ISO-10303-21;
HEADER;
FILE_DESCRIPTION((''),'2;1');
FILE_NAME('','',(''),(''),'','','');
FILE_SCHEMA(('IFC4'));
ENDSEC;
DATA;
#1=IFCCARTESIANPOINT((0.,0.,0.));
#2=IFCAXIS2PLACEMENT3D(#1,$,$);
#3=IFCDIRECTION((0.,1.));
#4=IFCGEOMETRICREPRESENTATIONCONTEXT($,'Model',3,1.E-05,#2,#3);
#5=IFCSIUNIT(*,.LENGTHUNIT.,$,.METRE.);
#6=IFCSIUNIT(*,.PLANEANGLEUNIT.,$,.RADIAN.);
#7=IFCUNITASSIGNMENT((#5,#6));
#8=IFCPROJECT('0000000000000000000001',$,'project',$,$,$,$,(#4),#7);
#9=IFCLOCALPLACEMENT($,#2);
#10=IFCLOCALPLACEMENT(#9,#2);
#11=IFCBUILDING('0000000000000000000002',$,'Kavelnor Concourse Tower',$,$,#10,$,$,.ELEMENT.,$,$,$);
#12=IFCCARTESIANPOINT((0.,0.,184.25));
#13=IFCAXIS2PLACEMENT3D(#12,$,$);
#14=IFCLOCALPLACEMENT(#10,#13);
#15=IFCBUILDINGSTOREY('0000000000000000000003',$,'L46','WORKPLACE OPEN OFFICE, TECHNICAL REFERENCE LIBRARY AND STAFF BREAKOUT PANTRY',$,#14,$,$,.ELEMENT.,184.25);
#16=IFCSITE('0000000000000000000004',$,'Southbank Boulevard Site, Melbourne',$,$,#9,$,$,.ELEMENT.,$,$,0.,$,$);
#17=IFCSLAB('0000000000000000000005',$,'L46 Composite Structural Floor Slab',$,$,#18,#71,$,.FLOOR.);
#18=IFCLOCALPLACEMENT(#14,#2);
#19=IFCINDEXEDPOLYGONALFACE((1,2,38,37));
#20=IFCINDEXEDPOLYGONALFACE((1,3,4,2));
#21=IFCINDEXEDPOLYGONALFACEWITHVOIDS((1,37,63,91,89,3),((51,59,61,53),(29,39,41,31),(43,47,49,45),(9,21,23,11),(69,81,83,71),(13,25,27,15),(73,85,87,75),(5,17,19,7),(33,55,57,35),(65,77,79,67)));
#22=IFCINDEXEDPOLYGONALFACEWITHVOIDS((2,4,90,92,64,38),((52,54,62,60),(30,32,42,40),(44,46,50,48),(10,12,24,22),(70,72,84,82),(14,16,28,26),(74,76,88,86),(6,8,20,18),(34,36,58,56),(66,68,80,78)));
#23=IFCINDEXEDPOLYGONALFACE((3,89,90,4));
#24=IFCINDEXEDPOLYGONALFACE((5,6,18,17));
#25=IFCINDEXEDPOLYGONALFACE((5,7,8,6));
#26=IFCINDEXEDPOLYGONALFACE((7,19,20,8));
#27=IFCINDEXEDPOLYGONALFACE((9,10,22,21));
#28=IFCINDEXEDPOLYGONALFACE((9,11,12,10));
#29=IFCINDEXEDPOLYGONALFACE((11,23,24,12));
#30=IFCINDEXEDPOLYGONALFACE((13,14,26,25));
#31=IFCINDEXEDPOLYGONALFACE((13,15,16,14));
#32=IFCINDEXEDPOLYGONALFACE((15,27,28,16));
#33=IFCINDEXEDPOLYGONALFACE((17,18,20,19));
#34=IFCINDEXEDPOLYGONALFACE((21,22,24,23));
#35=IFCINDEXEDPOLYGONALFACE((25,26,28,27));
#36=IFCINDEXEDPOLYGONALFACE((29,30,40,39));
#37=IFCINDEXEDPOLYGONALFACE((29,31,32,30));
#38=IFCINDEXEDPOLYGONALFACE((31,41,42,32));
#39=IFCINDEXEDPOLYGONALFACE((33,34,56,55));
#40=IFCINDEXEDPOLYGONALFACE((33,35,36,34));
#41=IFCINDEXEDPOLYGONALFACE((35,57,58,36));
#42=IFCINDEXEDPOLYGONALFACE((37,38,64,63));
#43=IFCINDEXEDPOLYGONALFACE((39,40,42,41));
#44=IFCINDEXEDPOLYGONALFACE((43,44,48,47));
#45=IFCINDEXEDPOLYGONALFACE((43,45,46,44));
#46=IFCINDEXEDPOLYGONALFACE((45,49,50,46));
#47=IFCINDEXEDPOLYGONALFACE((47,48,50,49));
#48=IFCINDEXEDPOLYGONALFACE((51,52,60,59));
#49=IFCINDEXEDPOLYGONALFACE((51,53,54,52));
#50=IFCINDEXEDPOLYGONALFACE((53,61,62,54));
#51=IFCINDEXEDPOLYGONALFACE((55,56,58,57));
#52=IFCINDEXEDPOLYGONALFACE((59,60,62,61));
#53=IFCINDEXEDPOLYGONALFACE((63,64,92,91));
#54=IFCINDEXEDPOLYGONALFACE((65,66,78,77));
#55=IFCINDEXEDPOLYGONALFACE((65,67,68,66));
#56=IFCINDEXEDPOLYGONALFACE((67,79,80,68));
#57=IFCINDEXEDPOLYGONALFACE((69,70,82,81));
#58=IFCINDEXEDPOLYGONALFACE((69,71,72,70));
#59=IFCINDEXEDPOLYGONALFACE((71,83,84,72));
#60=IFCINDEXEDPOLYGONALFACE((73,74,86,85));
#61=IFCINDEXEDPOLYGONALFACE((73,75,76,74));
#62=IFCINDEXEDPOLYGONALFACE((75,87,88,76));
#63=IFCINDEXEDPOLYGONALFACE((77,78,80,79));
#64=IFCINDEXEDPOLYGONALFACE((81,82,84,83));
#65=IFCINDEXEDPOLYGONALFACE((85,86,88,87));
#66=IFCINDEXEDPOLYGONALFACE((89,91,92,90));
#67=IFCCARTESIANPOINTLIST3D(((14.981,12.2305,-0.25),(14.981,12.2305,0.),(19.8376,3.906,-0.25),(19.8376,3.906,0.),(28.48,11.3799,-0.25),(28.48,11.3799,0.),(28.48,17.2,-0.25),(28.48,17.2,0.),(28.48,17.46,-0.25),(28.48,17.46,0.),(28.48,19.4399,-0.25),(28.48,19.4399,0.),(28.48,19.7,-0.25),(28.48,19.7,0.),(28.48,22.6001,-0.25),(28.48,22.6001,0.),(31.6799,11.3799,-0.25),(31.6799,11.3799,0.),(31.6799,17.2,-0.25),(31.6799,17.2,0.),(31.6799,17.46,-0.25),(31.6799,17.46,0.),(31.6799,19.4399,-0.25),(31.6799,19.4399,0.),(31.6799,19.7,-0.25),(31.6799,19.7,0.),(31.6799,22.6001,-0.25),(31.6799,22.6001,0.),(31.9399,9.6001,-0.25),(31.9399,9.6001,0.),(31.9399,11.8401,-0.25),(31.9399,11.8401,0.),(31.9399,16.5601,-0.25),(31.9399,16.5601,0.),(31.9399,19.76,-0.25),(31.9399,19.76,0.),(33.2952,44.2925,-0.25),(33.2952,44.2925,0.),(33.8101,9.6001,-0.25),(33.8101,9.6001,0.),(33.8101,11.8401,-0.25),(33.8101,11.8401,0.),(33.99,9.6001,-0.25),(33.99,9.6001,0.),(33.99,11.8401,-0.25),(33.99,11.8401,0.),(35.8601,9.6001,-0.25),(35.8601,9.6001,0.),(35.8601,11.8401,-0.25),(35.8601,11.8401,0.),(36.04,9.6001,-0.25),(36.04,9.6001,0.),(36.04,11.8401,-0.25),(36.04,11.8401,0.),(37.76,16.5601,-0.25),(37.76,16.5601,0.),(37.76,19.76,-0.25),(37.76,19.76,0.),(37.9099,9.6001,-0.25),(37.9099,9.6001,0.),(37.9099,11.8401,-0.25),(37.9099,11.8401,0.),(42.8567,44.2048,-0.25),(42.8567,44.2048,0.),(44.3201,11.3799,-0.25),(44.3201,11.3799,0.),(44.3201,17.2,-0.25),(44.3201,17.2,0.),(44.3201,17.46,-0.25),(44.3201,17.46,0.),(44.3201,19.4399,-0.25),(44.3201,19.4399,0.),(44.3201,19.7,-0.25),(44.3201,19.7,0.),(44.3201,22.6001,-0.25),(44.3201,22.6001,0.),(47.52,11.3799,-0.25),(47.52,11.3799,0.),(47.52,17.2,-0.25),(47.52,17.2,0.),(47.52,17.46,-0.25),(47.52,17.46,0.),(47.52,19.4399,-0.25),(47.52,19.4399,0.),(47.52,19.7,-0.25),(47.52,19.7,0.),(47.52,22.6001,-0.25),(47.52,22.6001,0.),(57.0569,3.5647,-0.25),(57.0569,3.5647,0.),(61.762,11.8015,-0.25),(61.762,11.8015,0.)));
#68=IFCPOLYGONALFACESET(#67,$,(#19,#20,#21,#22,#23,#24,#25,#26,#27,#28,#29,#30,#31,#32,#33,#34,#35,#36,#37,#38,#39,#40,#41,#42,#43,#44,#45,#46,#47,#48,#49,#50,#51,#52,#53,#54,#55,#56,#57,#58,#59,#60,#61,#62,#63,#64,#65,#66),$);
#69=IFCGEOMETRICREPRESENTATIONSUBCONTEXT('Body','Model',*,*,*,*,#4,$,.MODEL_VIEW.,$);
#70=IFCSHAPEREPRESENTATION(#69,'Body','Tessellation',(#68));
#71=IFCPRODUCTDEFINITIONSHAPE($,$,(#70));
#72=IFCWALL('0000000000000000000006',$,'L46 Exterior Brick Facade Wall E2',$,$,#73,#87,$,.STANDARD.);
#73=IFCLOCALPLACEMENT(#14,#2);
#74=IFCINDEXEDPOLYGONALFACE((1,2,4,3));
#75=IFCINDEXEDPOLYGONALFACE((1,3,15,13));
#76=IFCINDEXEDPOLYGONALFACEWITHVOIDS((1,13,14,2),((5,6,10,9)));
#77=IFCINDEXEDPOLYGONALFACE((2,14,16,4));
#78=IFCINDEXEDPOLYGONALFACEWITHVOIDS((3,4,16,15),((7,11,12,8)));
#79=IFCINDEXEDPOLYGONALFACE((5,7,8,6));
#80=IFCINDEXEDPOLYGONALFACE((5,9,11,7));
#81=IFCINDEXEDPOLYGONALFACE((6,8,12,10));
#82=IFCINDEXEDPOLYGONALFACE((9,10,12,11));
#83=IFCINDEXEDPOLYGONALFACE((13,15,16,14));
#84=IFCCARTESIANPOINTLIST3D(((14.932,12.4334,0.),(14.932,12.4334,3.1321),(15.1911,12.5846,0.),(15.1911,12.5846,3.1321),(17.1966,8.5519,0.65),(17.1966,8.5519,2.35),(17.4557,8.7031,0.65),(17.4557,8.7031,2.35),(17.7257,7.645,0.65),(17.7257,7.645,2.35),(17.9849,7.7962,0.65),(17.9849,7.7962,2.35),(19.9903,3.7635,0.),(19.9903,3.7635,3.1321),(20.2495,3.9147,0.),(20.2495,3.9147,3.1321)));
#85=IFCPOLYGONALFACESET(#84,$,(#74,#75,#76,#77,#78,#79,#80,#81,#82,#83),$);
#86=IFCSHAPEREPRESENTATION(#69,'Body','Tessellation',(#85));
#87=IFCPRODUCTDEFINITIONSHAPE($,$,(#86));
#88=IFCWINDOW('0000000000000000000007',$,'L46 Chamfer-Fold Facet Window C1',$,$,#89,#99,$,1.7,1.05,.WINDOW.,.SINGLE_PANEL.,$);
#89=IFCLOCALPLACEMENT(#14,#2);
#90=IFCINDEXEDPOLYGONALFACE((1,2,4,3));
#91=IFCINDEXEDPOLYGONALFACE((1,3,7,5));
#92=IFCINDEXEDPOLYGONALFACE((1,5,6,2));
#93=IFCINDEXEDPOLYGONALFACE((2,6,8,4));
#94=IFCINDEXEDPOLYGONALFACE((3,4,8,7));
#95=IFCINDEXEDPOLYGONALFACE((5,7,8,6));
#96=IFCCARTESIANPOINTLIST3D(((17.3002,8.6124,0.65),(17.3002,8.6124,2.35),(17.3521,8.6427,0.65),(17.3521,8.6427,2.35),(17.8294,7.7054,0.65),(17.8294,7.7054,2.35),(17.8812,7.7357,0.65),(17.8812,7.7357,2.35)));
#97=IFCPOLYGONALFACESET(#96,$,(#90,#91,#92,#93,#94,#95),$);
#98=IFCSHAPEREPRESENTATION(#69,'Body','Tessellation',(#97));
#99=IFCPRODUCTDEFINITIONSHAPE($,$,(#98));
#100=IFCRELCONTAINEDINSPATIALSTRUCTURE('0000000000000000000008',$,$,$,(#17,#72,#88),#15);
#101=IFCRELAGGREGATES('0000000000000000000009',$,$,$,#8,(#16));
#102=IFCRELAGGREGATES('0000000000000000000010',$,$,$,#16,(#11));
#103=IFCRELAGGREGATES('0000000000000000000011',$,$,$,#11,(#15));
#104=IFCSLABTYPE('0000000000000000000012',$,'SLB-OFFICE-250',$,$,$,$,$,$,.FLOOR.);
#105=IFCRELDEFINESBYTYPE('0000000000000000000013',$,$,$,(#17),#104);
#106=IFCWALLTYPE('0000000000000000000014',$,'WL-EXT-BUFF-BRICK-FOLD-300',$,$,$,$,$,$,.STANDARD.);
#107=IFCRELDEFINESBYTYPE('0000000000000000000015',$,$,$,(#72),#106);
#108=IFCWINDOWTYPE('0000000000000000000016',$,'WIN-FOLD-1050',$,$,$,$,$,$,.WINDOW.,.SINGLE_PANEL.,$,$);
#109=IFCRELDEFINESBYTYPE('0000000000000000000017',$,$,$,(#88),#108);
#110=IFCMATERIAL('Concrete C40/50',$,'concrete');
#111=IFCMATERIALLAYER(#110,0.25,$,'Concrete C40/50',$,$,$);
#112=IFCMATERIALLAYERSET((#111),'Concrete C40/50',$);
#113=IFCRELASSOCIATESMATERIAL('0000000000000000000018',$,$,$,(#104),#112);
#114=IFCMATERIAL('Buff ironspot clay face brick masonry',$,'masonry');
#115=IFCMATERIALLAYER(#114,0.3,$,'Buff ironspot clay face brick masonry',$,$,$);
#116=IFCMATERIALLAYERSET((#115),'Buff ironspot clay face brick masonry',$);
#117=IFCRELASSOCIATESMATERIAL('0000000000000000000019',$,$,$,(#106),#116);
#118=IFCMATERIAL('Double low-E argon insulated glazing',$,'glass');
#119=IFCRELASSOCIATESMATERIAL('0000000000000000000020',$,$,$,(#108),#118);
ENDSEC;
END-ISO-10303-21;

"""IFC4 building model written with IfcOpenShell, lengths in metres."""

from ifc_helpers import new_model, si_unit, direction, frame, frame_2d, origin, place, context, subcontext, project, spatial, polyline, rectangle, outline, extrude, material, layer, layer_set, type_object, element, fill, save


model = new_model("IFC4")

# Units and contexts
model_context = context("Model", 3, precision=1e-05, world=origin(), true_north=direction((0.0, 1.0)))
body_context = subcontext(model_context, "Body", "Model", "MODEL_VIEW")
ifc_project = project(units=[si_unit("LENGTHUNIT", "METRE"), si_unit("PLANEANGLEUNIT", "RADIAN")], contexts=[model_context])

# Site, building, storey
site_placement = place(None, origin())
site = spatial("IfcSite", under=ifc_project, at=site_placement, Name="Southbank Boulevard Site, Melbourne", CompositionType="ELEMENT", RefElevation=0.0)
building_placement = place(site_placement, origin())
building = spatial("IfcBuilding", under=site, at=building_placement, Name="Kavelnor Concourse Tower", CompositionType="ELEMENT")
storey_placement = place(building_placement, frame((0.0, 0.0, 184.25)))
storey = spatial("IfcBuildingStorey", under=building, at=storey_placement, Name="L46", Description="WORKPLACE OPEN OFFICE, TECHNICAL REFERENCE LIBRARY AND STAFF BREAKOUT PANTRY", CompositionType="ELEMENT", Elevation=184.25)

# Shared definitions
ifc_material_1 = material(Name="Concrete C40/50", Category="concrete")

# Slab
ifc_layer_1 = layer(ifc_material_1, 0.25, Name="Concrete C40/50")
ifc_layer_set_1 = layer_set([ifc_layer_1], Name="Concrete C40/50")
slab_type_1 = type_object("IfcSlabType", Name="SLB-OFFICE-250", PredefinedType="FLOOR", material=ifc_layer_set_1)
slab_1_placement = place(storey_placement, frame((0.0, 0.0, -0.25)))
element("IfcSlab", 1, at=slab_1_placement, inside=storey, type_object=slab_type_1, Name="L46 Composite Structural Floor Slab", PredefinedType="FLOOR", context=body_context, shape_type="SweptSolid", body=[
    extrude(outline(polyline([(42.8567, 44.2048), (33.2952, 44.2925), (14.981, 12.2305), (19.8376, 3.906), (57.0569, 3.5647), (61.762, 11.8015), (42.8567, 44.2048)]), holes=[polyline([(28.48, 11.3799), (31.6799, 11.3799), (31.6799, 17.2), (28.48, 17.2), (28.48, 11.3799)]), polyline([(44.3201, 11.3799), (47.52, 11.3799), (47.52, 17.2), (44.3201, 17.2), (44.3201, 11.3799)]), polyline([(31.9399, 16.5601), (37.76, 16.5601), (37.76, 19.76), (31.9399, 19.76), (31.9399, 16.5601)]), polyline([(28.48, 19.7), (31.6799, 19.7), (31.6799, 22.6001), (28.48, 22.6001), (28.48, 19.7)]), polyline([(44.3201, 19.7), (47.52, 19.7), (47.52, 22.6001), (44.3201, 22.6001), (44.3201, 19.7)]), polyline([(31.9399, 9.6001), (33.8101, 9.6001), (33.8101, 11.8401), (31.9399, 11.8401), (31.9399, 9.6001)]), polyline([(33.99, 9.6001), (35.8601, 9.6001), (35.8601, 11.8401), (33.99, 11.8401), (33.99, 9.6001)]), polyline([(36.04, 9.6001), (37.9099, 9.6001), (37.9099, 11.8401), (36.04, 11.8401), (36.04, 9.6001)]), polyline([(28.48, 17.46), (31.6799, 17.46), (31.6799, 19.4399), (28.48, 19.4399), (28.48, 17.46)]), polyline([(44.3201, 17.46), (47.52, 17.46), (47.52, 19.4399), (44.3201, 19.4399), (44.3201, 17.46)])]), origin(), (0.0, 0.0, 1.0), 0.25),
])

# Wall, opening, window
ifc_material_2 = material(Name="Buff ironspot clay face brick masonry", Category="masonry")
ifc_layer_2 = layer(ifc_material_2, 0.3, Name="Buff ironspot clay face brick masonry")
ifc_layer_set_2 = layer_set([ifc_layer_2], Name="Buff ironspot clay face brick masonry")
wall_type_1 = type_object("IfcWallType", Name="WL-EXT-BUFF-BRICK-FOLD-300", PredefinedType="STANDARD", material=ifc_layer_set_2)
wall_1_placement = place(storey_placement, frame((20.1199, 3.8391, 0.0), z_axis=(0.0, 0.0, 1.0), x_axis=(-0.503938, 0.86374, 0.0)))
wall_1 = element("IfcWall", 2, at=wall_1_placement, inside=storey, type_object=wall_type_1, Name="L46 Exterior Brick Facade Wall E2", PredefinedType="STANDARD", context=body_context, shape_type="SweptSolid", body=[
    extrude(rectangle(XDim=10.0376, YDim=0.3, at=frame_2d((5.0188, 0.0))), origin(), (0.0, 0.0, 1.0), 3.1321),
])
opening_1_placement = place(wall_1_placement, frame((4.4939, 0.0, 0.6499)))
opening_1 = element("IfcOpeningElement", 3, at=opening_1_placement, cuts=wall_1, PredefinedType="OPENING", context=body_context, shape_type="SweptSolid", body=[
    extrude(rectangle(XDim=1.05, YDim=1.7, at=frame_2d((0.5249, 0.8501))), frame((0.0, 0.1602, 0.0), z_axis=(0.0, -1.0, 0.0), x_axis=(1.0, 0.0, 0.0)), (0.0, 0.0, 1.0), 0.3201),
])
ifc_material_3 = material(Name="Double low-E argon insulated glazing", Category="glass")
window_type_1 = type_object("IfcWindowType", Name="WIN-FOLD-1050", PartitioningType="SINGLE_PANEL", PredefinedType="WINDOW", material=ifc_material_3)
window_1_placement = place(opening_1_placement, origin())
window_1 = element("IfcWindow", 4, at=window_1_placement, inside=storey, type_object=window_type_1, Name="L46 Chamfer-Fold Facet Window C1", OverallHeight=1.7, OverallWidth=1.05, PartitioningType="SINGLE_PANEL", PredefinedType="WINDOW", context=body_context, shape_type="SweptSolid", body=[
    extrude(rectangle(XDim=1.05, YDim=1.7, at=frame_2d((0.5249, 0.8501))), frame((0.0, 0.03, 0.0), z_axis=(0.0, -1.0, 0.0), x_axis=(1.0, 0.0, 0.0)), (0.0, 0.0, 1.0), 0.0601),
])
fill(opening_1, window_1)

save(model, "model.ifc")
